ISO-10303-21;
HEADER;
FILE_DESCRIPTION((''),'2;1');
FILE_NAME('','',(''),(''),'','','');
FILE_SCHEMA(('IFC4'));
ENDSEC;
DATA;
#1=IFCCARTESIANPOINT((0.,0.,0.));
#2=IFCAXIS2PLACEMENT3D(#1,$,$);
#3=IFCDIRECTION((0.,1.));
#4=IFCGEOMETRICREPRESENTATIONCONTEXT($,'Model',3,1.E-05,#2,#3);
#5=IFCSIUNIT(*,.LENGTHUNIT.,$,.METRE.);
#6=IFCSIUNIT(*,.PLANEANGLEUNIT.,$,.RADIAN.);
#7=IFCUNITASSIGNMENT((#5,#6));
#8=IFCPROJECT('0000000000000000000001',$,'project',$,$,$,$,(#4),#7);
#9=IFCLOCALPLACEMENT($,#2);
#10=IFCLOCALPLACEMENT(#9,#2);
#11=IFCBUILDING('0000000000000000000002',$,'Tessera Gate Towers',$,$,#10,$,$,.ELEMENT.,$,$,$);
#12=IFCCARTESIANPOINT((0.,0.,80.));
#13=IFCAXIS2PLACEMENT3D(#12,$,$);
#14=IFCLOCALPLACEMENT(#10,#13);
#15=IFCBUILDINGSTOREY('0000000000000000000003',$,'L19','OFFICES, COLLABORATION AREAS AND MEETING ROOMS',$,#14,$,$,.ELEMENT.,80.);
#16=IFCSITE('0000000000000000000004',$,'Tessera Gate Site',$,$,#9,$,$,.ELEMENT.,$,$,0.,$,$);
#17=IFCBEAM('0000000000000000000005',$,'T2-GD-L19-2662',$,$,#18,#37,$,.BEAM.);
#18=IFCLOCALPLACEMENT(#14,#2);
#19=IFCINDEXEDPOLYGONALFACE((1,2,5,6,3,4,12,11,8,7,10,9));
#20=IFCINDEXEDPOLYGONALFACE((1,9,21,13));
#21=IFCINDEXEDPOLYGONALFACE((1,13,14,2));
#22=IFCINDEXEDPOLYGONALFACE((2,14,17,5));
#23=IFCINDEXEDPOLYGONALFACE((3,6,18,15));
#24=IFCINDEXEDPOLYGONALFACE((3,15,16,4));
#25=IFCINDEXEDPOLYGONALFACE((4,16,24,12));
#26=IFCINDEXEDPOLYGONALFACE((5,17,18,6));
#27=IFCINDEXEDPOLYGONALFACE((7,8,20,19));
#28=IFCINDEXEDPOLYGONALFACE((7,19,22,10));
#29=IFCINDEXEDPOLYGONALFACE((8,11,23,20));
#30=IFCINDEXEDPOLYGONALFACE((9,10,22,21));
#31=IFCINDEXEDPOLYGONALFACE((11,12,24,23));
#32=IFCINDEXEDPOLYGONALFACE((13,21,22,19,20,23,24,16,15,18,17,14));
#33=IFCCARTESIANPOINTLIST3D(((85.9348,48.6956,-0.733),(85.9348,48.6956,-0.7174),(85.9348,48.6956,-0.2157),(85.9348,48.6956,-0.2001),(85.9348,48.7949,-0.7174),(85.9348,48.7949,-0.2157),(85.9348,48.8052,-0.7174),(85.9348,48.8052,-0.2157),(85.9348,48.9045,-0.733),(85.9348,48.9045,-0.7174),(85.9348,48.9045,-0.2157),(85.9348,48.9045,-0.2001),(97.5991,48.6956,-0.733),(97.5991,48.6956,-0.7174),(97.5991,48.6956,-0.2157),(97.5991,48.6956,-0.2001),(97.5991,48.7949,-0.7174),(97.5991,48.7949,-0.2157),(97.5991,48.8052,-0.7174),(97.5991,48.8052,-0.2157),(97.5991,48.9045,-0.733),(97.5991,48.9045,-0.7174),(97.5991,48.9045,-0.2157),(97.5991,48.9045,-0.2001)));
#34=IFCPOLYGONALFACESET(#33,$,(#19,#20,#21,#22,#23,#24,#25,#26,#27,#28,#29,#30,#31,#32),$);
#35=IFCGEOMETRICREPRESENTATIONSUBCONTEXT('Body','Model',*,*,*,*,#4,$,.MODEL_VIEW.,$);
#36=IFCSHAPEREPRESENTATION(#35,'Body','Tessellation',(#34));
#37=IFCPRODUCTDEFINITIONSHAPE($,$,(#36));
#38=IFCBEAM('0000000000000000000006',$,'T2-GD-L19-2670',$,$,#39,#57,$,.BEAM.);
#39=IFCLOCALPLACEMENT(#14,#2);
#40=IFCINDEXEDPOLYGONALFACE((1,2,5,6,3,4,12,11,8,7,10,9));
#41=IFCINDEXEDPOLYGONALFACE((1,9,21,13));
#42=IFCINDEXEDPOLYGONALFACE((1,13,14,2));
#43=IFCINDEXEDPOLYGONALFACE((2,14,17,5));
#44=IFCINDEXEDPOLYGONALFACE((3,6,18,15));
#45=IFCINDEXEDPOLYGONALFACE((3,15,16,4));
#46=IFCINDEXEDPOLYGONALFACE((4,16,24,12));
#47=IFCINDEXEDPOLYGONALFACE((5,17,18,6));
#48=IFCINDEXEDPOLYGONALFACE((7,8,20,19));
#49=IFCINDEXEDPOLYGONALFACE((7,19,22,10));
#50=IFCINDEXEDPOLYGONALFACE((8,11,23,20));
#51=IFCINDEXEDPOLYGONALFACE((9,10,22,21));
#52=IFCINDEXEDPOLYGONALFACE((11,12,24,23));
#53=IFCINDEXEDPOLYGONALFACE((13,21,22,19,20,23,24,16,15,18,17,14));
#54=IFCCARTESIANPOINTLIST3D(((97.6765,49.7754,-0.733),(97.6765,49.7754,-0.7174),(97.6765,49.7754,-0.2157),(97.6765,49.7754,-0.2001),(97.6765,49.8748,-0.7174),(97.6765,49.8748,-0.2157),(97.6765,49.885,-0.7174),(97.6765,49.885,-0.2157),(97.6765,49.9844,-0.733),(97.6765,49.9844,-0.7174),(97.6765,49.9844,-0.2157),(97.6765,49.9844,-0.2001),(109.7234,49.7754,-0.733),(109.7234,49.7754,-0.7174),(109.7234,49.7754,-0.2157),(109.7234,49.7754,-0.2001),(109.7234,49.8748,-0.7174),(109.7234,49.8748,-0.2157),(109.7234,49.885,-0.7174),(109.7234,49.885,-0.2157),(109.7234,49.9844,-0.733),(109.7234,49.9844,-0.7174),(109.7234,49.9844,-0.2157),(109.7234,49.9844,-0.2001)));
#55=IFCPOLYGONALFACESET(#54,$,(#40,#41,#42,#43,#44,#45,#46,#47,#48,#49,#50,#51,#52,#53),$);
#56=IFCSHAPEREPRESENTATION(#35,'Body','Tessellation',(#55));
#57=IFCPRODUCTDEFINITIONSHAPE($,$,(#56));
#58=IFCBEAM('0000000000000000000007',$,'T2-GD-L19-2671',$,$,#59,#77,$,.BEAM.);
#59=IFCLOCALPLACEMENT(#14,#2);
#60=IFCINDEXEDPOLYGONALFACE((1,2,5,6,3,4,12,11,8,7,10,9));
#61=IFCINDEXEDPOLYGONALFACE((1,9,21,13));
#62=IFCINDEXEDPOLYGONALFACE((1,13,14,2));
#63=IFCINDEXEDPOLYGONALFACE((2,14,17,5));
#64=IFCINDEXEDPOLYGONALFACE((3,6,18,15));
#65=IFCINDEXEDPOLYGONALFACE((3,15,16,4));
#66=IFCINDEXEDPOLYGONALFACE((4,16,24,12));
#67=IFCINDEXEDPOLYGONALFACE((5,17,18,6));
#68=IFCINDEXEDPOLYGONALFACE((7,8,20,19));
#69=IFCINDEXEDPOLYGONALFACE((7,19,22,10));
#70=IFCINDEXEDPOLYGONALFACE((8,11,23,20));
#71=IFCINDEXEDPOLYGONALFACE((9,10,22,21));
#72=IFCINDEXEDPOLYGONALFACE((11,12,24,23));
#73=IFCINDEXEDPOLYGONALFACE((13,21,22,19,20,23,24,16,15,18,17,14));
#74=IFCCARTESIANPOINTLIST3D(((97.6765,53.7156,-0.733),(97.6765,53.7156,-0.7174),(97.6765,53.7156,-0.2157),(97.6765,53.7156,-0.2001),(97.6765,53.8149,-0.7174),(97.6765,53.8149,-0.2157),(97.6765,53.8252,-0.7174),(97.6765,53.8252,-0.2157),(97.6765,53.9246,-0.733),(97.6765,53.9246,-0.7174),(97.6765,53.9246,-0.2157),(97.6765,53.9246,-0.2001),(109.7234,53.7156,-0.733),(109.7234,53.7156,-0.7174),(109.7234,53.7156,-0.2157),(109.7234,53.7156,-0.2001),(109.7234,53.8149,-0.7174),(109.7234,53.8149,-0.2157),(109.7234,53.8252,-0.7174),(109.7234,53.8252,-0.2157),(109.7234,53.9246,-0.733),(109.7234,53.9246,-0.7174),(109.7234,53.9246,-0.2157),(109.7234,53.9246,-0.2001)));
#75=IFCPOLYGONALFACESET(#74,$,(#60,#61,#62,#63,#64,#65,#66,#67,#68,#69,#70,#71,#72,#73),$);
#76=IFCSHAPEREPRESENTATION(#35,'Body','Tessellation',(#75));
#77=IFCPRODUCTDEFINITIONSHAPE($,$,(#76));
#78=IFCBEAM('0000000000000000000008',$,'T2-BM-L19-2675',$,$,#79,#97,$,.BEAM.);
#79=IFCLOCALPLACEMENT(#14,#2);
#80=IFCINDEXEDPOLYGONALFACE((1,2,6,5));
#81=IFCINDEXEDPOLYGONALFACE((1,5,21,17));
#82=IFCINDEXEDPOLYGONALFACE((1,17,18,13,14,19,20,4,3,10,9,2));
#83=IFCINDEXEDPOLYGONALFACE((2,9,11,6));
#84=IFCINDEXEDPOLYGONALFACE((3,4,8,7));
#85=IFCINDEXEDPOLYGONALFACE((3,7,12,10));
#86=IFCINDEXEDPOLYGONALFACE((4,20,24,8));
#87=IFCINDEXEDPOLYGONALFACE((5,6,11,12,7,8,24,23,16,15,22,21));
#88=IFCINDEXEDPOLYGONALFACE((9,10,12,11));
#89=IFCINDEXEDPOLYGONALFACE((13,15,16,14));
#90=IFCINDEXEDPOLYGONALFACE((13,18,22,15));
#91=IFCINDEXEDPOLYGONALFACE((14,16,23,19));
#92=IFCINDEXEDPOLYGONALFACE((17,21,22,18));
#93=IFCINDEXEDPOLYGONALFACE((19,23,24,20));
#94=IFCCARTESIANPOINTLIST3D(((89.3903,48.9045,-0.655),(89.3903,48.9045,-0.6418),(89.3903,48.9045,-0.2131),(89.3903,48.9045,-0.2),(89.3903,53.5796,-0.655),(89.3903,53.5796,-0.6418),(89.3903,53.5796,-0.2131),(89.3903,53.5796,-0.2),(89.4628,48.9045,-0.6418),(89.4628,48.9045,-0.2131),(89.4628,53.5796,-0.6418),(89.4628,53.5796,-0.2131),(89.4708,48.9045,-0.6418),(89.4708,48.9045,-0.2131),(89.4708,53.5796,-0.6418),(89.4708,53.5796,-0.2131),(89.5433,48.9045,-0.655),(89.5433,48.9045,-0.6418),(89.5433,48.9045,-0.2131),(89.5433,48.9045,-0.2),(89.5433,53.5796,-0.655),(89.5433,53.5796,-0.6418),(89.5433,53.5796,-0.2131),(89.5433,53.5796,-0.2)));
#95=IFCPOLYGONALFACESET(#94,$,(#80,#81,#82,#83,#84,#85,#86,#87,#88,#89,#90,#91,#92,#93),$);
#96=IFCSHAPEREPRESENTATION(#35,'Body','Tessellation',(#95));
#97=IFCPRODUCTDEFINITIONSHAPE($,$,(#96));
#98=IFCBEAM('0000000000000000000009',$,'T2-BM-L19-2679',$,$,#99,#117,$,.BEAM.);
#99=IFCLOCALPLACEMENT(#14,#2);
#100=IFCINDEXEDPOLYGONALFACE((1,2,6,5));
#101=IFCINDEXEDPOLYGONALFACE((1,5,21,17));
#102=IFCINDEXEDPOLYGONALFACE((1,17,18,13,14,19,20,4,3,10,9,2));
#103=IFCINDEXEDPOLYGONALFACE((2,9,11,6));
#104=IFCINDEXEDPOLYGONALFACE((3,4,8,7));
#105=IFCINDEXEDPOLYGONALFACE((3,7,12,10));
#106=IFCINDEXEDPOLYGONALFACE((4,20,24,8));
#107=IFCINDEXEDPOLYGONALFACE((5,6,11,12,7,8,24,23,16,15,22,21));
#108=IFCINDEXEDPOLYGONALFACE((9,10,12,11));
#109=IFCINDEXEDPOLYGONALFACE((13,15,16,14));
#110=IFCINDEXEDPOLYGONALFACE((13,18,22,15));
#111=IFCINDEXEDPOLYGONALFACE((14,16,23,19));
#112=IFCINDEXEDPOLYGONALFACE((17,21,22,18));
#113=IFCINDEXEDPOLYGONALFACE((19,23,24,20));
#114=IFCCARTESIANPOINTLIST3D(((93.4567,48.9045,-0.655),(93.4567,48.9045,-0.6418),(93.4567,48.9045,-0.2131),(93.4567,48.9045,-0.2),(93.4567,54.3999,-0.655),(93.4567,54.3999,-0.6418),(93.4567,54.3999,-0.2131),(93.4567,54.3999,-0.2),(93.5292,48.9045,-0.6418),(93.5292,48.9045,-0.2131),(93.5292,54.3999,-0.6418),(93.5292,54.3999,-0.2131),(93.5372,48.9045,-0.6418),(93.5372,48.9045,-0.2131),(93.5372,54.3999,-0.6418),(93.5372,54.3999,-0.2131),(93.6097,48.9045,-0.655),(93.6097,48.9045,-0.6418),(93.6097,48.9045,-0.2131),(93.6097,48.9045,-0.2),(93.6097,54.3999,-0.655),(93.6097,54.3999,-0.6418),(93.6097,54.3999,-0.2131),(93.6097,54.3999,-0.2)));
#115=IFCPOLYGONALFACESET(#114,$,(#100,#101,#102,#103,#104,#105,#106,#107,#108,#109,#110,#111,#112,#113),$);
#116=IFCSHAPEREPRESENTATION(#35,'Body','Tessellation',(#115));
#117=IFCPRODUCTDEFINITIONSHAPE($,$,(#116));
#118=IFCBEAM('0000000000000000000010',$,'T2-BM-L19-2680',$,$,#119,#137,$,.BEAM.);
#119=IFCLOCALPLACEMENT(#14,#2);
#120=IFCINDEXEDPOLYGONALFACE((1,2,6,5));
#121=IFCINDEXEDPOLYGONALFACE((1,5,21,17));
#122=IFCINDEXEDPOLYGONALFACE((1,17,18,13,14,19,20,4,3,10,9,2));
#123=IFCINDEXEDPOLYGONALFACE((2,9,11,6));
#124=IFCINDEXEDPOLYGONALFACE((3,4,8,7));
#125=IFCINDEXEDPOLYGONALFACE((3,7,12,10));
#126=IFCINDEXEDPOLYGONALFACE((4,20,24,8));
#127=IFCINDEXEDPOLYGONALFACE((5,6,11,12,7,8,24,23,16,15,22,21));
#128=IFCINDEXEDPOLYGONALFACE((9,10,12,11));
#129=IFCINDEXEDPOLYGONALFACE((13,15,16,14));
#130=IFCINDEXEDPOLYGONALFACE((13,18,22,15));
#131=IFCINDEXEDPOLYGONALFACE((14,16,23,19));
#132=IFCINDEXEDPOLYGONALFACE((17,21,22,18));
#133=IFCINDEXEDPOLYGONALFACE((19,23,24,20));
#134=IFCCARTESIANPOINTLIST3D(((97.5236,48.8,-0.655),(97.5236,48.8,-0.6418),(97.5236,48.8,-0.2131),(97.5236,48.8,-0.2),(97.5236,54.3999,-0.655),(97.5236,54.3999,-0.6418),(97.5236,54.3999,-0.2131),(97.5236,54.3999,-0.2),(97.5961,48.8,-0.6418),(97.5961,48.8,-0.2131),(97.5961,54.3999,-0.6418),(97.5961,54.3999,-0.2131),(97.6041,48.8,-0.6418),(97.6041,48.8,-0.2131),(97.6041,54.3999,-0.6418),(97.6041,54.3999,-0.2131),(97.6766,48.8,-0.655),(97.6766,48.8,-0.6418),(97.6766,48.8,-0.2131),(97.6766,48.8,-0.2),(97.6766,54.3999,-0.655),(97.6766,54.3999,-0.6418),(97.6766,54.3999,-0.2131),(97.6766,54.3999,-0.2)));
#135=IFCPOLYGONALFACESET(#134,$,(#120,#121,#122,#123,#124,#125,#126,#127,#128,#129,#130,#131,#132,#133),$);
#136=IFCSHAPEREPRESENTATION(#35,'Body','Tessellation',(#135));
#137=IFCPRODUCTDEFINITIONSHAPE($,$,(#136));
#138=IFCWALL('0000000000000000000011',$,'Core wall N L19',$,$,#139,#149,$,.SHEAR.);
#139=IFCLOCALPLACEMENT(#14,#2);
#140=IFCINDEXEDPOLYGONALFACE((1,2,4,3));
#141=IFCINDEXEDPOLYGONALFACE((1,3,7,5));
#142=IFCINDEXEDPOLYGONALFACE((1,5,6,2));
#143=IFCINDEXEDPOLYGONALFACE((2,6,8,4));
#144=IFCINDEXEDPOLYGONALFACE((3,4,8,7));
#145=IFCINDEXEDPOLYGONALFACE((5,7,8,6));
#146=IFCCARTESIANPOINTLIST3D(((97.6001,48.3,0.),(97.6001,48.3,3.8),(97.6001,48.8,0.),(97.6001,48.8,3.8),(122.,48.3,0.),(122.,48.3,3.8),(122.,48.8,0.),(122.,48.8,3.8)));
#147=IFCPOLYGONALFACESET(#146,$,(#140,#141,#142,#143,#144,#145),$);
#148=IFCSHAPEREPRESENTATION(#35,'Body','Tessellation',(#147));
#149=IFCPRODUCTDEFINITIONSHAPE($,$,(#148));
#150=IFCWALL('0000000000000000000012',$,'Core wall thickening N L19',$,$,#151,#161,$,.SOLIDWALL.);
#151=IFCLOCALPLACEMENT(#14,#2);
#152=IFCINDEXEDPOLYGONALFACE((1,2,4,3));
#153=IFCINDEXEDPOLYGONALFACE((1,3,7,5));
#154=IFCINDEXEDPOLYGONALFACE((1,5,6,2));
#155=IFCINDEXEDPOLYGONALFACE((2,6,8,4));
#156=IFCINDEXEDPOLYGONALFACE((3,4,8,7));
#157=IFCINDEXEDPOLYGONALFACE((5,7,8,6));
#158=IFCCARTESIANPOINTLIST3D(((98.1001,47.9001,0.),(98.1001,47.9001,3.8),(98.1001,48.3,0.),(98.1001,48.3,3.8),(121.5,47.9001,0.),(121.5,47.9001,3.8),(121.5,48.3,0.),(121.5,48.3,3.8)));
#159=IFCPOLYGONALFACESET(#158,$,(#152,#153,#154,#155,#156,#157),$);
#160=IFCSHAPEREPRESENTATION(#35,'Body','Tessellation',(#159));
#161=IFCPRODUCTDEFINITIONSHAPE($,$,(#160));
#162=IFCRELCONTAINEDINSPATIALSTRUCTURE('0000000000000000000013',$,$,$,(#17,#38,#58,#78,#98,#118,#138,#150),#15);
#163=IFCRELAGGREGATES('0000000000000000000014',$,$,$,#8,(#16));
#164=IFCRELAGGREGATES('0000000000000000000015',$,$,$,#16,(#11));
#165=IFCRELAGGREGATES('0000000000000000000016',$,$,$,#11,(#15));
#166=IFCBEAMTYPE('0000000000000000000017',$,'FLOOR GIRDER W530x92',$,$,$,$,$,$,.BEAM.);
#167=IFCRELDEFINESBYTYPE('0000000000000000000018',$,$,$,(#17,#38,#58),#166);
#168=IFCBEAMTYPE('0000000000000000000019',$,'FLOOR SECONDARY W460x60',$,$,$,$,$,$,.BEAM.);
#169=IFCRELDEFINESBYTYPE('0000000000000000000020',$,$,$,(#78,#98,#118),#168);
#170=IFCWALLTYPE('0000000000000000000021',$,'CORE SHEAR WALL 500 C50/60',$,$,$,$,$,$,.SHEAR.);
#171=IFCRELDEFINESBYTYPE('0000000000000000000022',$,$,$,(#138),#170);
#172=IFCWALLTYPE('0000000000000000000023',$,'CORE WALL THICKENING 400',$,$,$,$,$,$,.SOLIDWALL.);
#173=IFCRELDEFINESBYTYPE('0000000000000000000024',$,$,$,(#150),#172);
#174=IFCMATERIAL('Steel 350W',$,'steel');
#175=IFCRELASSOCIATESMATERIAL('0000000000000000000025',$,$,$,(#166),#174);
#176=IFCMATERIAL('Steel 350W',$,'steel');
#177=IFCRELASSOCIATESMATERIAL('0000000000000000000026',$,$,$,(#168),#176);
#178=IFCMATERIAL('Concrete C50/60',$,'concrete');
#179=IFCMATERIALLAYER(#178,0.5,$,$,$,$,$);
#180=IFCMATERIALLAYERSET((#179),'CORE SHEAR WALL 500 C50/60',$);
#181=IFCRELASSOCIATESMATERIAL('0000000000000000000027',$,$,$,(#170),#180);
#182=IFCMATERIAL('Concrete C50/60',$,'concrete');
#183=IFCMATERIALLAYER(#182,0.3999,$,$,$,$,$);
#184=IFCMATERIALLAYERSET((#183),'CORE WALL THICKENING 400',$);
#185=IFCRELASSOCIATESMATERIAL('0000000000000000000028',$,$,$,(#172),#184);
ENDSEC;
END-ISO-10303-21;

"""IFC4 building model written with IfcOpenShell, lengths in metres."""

from ifc_helpers import new_model, si_unit, direction, frame, frame_2d, origin, origin_2d, place, context, subcontext, project, spatial, rectangle, i_section, extrude, material, layer, layer_set, material_profile, profile_set, type_object, element, save


model = new_model("IFC4")

# Units and contexts
model_context = context("Model", 3, precision=1e-05, world=origin(), true_north=direction((0.0, 1.0)))
body_context = subcontext(model_context, "Body", "Model", "MODEL_VIEW")
ifc_project = project(units=[si_unit("LENGTHUNIT", "METRE"), si_unit("PLANEANGLEUNIT", "RADIAN")], contexts=[model_context])

# Site, building, storey
site_placement = place(None, origin())
site = spatial("IfcSite", under=ifc_project, at=site_placement, Name="Tessera Gate Site", CompositionType="ELEMENT", RefElevation=0.0)
building_placement = place(site_placement, origin())
building = spatial("IfcBuilding", under=site, at=building_placement, Name="Tessera Gate Towers", CompositionType="ELEMENT")
storey_placement = place(building_placement, frame((0.0, 0.0, 80.0)))
storey = spatial("IfcBuildingStorey", under=building, at=storey_placement, Name="L19", Description="OFFICES, COLLABORATION AREAS AND MEETING ROOMS", CompositionType="ELEMENT", Elevation=80.0)

# Beams
ifc_material_1 = material(Name="Steel 350W", Category="steel")
ifc_material_profile_1 = material_profile(ifc_material_1, i_section(OverallWidth=0.209, OverallDepth=0.533, WebThickness=0.0103, FlangeThickness=0.0156, at=origin_2d()), Name="W530x92")
ifc_profile_set_1 = profile_set([ifc_material_profile_1], Name="Steel 350W")
beam_type_1 = type_object("IfcBeamType", Name="FLOOR GIRDER W530x92", PredefinedType="BEAM", material=ifc_profile_set_1)
beam_1_placement = place(storey_placement, frame((85.9348, 48.8, -0.4666), z_axis=(1.0, 0.0, 0.0), x_axis=(0.0, 1.0, 0.0)))
element("IfcBeam", 1, at=beam_1_placement, inside=storey, type_object=beam_type_1, Name="T2-GD-L19-2662", PredefinedType="BEAM", context=body_context, shape_type="SweptSolid", body=[
    extrude(i_section(OverallWidth=0.209, OverallDepth=0.533, WebThickness=0.0103, FlangeThickness=0.0156, at=origin_2d()), origin(), (0.0, 0.0, 1.0), 11.6643),
])
for number, where, z_axis, x_axis, name in (
    (2, (97.6765, 49.8799, -0.4666), (1.0, 0.0, 0.0), (0.0, 1.0, 0.0), "T2-GD-L19-2670"),
    (3, (97.6765, 53.8201, -0.4666), (1.0, 0.0, 0.0), (0.0, 1.0, 0.0), "T2-GD-L19-2671"),
):
    element("IfcBeam", number, at=place(storey_placement, frame(where, z_axis=z_axis, x_axis=x_axis)), inside=storey, type_object=beam_type_1, Name=name, PredefinedType="BEAM", context=body_context, shape_type="SweptSolid", body=[
        extrude(i_section(OverallWidth=0.209, OverallDepth=0.533, WebThickness=0.0103, FlangeThickness=0.0156, at=origin_2d()), origin(), (0.0, 0.0, 1.0), 12.0469),
    ])
ifc_material_2 = material(Name="Steel 350W", Category="steel")
ifc_material_profile_2 = material_profile(ifc_material_2, i_section(OverallWidth=0.1531, OverallDepth=0.4551, WebThickness=0.0081, FlangeThickness=0.0132, at=origin_2d()), Name="W460x60")
ifc_profile_set_2 = profile_set([ifc_material_profile_2], Name="Steel 350W")
beam_type_2 = type_object("IfcBeamType", Name="FLOOR SECONDARY W460x60", PredefinedType="BEAM", material=ifc_profile_set_2)
beam_2_placement = place(storey_placement, frame((89.4668, 48.9045, -0.4275), z_axis=(0.0, 1.0, 0.0), x_axis=(-1.0, 0.0, 0.0)))
element("IfcBeam", 4, at=beam_2_placement, inside=storey, type_object=beam_type_2, Name="T2-BM-L19-2675", PredefinedType="BEAM", context=body_context, shape_type="SweptSolid", body=[
    extrude(i_section(OverallWidth=0.1531, OverallDepth=0.4551, WebThickness=0.0081, FlangeThickness=0.0132, at=origin_2d()), origin(), (0.0, 0.0, 1.0), 4.675),
])
beam_3_placement = place(storey_placement, frame((93.5332, 48.9045, -0.4275), z_axis=(0.0, 1.0, 0.0), x_axis=(-1.0, 0.0, 0.0)))
element("IfcBeam", 5, at=beam_3_placement, inside=storey, type_object=beam_type_2, Name="T2-BM-L19-2679", PredefinedType="BEAM", context=body_context, shape_type="SweptSolid", body=[
    extrude(i_section(OverallWidth=0.1531, OverallDepth=0.4551, WebThickness=0.0081, FlangeThickness=0.0132, at=origin_2d()), origin(), (0.0, 0.0, 1.0), 5.4954),
])
beam_4_placement = place(storey_placement, frame((97.6001, 48.8, -0.4275), z_axis=(0.0, 1.0, 0.0), x_axis=(-1.0, 0.0, 0.0)))
element("IfcBeam", 6, at=beam_4_placement, inside=storey, type_object=beam_type_2, Name="T2-BM-L19-2680", PredefinedType="BEAM", context=body_context, shape_type="SweptSolid", body=[
    extrude(i_section(OverallWidth=0.1531, OverallDepth=0.4551, WebThickness=0.0081, FlangeThickness=0.0132, at=origin_2d()), origin(), (0.0, 0.0, 1.0), 5.5999),
])

# Walls
ifc_material_3 = material(Name="Concrete C50/60", Category="concrete")
ifc_layer_1 = layer(ifc_material_3, 0.5)
ifc_layer_set_1 = layer_set([ifc_layer_1], Name="CORE SHEAR WALL 500 C50/60")
wall_type_1 = type_object("IfcWallType", Name="CORE SHEAR WALL 500 C50/60", PredefinedType="SHEAR", material=ifc_layer_set_1)
wall_1_placement = place(storey_placement, frame((97.6001, 48.55, 0.0), z_axis=(0.0, 0.0, 1.0), x_axis=(1.0, 0.0, 0.0)))
element("IfcWall", 7, at=wall_1_placement, inside=storey, type_object=wall_type_1, Name="Core wall N L19", PredefinedType="SHEAR", context=body_context, shape_type="SweptSolid", body=[
    extrude(rectangle(XDim=24.3999, YDim=0.5, at=frame_2d((12.2, 0.0))), origin(), (0.0, 0.0, 1.0), 3.8),
])
ifc_material_4 = material(Name="Concrete C50/60", Category="concrete")
ifc_layer_2 = layer(ifc_material_4, 0.3999)
ifc_layer_set_2 = layer_set([ifc_layer_2], Name="CORE WALL THICKENING 400")
wall_type_2 = type_object("IfcWallType", Name="CORE WALL THICKENING 400", PredefinedType="SOLIDWALL", material=ifc_layer_set_2)
wall_2_placement = place(storey_placement, frame((98.1001, 48.1001, 0.0), z_axis=(0.0, 0.0, 1.0), x_axis=(1.0, 0.0, 0.0)))
element("IfcWall", 8, at=wall_2_placement, inside=storey, type_object=wall_type_2, Name="Core wall thickening N L19", PredefinedType="SOLIDWALL", context=body_context, shape_type="SweptSolid", body=[
    extrude(rectangle(XDim=23.3999, YDim=0.3999, at=frame_2d((11.7, 0.0))), origin(), (0.0, 0.0, 1.0), 3.8),
])

save(model, "model.ifc")
